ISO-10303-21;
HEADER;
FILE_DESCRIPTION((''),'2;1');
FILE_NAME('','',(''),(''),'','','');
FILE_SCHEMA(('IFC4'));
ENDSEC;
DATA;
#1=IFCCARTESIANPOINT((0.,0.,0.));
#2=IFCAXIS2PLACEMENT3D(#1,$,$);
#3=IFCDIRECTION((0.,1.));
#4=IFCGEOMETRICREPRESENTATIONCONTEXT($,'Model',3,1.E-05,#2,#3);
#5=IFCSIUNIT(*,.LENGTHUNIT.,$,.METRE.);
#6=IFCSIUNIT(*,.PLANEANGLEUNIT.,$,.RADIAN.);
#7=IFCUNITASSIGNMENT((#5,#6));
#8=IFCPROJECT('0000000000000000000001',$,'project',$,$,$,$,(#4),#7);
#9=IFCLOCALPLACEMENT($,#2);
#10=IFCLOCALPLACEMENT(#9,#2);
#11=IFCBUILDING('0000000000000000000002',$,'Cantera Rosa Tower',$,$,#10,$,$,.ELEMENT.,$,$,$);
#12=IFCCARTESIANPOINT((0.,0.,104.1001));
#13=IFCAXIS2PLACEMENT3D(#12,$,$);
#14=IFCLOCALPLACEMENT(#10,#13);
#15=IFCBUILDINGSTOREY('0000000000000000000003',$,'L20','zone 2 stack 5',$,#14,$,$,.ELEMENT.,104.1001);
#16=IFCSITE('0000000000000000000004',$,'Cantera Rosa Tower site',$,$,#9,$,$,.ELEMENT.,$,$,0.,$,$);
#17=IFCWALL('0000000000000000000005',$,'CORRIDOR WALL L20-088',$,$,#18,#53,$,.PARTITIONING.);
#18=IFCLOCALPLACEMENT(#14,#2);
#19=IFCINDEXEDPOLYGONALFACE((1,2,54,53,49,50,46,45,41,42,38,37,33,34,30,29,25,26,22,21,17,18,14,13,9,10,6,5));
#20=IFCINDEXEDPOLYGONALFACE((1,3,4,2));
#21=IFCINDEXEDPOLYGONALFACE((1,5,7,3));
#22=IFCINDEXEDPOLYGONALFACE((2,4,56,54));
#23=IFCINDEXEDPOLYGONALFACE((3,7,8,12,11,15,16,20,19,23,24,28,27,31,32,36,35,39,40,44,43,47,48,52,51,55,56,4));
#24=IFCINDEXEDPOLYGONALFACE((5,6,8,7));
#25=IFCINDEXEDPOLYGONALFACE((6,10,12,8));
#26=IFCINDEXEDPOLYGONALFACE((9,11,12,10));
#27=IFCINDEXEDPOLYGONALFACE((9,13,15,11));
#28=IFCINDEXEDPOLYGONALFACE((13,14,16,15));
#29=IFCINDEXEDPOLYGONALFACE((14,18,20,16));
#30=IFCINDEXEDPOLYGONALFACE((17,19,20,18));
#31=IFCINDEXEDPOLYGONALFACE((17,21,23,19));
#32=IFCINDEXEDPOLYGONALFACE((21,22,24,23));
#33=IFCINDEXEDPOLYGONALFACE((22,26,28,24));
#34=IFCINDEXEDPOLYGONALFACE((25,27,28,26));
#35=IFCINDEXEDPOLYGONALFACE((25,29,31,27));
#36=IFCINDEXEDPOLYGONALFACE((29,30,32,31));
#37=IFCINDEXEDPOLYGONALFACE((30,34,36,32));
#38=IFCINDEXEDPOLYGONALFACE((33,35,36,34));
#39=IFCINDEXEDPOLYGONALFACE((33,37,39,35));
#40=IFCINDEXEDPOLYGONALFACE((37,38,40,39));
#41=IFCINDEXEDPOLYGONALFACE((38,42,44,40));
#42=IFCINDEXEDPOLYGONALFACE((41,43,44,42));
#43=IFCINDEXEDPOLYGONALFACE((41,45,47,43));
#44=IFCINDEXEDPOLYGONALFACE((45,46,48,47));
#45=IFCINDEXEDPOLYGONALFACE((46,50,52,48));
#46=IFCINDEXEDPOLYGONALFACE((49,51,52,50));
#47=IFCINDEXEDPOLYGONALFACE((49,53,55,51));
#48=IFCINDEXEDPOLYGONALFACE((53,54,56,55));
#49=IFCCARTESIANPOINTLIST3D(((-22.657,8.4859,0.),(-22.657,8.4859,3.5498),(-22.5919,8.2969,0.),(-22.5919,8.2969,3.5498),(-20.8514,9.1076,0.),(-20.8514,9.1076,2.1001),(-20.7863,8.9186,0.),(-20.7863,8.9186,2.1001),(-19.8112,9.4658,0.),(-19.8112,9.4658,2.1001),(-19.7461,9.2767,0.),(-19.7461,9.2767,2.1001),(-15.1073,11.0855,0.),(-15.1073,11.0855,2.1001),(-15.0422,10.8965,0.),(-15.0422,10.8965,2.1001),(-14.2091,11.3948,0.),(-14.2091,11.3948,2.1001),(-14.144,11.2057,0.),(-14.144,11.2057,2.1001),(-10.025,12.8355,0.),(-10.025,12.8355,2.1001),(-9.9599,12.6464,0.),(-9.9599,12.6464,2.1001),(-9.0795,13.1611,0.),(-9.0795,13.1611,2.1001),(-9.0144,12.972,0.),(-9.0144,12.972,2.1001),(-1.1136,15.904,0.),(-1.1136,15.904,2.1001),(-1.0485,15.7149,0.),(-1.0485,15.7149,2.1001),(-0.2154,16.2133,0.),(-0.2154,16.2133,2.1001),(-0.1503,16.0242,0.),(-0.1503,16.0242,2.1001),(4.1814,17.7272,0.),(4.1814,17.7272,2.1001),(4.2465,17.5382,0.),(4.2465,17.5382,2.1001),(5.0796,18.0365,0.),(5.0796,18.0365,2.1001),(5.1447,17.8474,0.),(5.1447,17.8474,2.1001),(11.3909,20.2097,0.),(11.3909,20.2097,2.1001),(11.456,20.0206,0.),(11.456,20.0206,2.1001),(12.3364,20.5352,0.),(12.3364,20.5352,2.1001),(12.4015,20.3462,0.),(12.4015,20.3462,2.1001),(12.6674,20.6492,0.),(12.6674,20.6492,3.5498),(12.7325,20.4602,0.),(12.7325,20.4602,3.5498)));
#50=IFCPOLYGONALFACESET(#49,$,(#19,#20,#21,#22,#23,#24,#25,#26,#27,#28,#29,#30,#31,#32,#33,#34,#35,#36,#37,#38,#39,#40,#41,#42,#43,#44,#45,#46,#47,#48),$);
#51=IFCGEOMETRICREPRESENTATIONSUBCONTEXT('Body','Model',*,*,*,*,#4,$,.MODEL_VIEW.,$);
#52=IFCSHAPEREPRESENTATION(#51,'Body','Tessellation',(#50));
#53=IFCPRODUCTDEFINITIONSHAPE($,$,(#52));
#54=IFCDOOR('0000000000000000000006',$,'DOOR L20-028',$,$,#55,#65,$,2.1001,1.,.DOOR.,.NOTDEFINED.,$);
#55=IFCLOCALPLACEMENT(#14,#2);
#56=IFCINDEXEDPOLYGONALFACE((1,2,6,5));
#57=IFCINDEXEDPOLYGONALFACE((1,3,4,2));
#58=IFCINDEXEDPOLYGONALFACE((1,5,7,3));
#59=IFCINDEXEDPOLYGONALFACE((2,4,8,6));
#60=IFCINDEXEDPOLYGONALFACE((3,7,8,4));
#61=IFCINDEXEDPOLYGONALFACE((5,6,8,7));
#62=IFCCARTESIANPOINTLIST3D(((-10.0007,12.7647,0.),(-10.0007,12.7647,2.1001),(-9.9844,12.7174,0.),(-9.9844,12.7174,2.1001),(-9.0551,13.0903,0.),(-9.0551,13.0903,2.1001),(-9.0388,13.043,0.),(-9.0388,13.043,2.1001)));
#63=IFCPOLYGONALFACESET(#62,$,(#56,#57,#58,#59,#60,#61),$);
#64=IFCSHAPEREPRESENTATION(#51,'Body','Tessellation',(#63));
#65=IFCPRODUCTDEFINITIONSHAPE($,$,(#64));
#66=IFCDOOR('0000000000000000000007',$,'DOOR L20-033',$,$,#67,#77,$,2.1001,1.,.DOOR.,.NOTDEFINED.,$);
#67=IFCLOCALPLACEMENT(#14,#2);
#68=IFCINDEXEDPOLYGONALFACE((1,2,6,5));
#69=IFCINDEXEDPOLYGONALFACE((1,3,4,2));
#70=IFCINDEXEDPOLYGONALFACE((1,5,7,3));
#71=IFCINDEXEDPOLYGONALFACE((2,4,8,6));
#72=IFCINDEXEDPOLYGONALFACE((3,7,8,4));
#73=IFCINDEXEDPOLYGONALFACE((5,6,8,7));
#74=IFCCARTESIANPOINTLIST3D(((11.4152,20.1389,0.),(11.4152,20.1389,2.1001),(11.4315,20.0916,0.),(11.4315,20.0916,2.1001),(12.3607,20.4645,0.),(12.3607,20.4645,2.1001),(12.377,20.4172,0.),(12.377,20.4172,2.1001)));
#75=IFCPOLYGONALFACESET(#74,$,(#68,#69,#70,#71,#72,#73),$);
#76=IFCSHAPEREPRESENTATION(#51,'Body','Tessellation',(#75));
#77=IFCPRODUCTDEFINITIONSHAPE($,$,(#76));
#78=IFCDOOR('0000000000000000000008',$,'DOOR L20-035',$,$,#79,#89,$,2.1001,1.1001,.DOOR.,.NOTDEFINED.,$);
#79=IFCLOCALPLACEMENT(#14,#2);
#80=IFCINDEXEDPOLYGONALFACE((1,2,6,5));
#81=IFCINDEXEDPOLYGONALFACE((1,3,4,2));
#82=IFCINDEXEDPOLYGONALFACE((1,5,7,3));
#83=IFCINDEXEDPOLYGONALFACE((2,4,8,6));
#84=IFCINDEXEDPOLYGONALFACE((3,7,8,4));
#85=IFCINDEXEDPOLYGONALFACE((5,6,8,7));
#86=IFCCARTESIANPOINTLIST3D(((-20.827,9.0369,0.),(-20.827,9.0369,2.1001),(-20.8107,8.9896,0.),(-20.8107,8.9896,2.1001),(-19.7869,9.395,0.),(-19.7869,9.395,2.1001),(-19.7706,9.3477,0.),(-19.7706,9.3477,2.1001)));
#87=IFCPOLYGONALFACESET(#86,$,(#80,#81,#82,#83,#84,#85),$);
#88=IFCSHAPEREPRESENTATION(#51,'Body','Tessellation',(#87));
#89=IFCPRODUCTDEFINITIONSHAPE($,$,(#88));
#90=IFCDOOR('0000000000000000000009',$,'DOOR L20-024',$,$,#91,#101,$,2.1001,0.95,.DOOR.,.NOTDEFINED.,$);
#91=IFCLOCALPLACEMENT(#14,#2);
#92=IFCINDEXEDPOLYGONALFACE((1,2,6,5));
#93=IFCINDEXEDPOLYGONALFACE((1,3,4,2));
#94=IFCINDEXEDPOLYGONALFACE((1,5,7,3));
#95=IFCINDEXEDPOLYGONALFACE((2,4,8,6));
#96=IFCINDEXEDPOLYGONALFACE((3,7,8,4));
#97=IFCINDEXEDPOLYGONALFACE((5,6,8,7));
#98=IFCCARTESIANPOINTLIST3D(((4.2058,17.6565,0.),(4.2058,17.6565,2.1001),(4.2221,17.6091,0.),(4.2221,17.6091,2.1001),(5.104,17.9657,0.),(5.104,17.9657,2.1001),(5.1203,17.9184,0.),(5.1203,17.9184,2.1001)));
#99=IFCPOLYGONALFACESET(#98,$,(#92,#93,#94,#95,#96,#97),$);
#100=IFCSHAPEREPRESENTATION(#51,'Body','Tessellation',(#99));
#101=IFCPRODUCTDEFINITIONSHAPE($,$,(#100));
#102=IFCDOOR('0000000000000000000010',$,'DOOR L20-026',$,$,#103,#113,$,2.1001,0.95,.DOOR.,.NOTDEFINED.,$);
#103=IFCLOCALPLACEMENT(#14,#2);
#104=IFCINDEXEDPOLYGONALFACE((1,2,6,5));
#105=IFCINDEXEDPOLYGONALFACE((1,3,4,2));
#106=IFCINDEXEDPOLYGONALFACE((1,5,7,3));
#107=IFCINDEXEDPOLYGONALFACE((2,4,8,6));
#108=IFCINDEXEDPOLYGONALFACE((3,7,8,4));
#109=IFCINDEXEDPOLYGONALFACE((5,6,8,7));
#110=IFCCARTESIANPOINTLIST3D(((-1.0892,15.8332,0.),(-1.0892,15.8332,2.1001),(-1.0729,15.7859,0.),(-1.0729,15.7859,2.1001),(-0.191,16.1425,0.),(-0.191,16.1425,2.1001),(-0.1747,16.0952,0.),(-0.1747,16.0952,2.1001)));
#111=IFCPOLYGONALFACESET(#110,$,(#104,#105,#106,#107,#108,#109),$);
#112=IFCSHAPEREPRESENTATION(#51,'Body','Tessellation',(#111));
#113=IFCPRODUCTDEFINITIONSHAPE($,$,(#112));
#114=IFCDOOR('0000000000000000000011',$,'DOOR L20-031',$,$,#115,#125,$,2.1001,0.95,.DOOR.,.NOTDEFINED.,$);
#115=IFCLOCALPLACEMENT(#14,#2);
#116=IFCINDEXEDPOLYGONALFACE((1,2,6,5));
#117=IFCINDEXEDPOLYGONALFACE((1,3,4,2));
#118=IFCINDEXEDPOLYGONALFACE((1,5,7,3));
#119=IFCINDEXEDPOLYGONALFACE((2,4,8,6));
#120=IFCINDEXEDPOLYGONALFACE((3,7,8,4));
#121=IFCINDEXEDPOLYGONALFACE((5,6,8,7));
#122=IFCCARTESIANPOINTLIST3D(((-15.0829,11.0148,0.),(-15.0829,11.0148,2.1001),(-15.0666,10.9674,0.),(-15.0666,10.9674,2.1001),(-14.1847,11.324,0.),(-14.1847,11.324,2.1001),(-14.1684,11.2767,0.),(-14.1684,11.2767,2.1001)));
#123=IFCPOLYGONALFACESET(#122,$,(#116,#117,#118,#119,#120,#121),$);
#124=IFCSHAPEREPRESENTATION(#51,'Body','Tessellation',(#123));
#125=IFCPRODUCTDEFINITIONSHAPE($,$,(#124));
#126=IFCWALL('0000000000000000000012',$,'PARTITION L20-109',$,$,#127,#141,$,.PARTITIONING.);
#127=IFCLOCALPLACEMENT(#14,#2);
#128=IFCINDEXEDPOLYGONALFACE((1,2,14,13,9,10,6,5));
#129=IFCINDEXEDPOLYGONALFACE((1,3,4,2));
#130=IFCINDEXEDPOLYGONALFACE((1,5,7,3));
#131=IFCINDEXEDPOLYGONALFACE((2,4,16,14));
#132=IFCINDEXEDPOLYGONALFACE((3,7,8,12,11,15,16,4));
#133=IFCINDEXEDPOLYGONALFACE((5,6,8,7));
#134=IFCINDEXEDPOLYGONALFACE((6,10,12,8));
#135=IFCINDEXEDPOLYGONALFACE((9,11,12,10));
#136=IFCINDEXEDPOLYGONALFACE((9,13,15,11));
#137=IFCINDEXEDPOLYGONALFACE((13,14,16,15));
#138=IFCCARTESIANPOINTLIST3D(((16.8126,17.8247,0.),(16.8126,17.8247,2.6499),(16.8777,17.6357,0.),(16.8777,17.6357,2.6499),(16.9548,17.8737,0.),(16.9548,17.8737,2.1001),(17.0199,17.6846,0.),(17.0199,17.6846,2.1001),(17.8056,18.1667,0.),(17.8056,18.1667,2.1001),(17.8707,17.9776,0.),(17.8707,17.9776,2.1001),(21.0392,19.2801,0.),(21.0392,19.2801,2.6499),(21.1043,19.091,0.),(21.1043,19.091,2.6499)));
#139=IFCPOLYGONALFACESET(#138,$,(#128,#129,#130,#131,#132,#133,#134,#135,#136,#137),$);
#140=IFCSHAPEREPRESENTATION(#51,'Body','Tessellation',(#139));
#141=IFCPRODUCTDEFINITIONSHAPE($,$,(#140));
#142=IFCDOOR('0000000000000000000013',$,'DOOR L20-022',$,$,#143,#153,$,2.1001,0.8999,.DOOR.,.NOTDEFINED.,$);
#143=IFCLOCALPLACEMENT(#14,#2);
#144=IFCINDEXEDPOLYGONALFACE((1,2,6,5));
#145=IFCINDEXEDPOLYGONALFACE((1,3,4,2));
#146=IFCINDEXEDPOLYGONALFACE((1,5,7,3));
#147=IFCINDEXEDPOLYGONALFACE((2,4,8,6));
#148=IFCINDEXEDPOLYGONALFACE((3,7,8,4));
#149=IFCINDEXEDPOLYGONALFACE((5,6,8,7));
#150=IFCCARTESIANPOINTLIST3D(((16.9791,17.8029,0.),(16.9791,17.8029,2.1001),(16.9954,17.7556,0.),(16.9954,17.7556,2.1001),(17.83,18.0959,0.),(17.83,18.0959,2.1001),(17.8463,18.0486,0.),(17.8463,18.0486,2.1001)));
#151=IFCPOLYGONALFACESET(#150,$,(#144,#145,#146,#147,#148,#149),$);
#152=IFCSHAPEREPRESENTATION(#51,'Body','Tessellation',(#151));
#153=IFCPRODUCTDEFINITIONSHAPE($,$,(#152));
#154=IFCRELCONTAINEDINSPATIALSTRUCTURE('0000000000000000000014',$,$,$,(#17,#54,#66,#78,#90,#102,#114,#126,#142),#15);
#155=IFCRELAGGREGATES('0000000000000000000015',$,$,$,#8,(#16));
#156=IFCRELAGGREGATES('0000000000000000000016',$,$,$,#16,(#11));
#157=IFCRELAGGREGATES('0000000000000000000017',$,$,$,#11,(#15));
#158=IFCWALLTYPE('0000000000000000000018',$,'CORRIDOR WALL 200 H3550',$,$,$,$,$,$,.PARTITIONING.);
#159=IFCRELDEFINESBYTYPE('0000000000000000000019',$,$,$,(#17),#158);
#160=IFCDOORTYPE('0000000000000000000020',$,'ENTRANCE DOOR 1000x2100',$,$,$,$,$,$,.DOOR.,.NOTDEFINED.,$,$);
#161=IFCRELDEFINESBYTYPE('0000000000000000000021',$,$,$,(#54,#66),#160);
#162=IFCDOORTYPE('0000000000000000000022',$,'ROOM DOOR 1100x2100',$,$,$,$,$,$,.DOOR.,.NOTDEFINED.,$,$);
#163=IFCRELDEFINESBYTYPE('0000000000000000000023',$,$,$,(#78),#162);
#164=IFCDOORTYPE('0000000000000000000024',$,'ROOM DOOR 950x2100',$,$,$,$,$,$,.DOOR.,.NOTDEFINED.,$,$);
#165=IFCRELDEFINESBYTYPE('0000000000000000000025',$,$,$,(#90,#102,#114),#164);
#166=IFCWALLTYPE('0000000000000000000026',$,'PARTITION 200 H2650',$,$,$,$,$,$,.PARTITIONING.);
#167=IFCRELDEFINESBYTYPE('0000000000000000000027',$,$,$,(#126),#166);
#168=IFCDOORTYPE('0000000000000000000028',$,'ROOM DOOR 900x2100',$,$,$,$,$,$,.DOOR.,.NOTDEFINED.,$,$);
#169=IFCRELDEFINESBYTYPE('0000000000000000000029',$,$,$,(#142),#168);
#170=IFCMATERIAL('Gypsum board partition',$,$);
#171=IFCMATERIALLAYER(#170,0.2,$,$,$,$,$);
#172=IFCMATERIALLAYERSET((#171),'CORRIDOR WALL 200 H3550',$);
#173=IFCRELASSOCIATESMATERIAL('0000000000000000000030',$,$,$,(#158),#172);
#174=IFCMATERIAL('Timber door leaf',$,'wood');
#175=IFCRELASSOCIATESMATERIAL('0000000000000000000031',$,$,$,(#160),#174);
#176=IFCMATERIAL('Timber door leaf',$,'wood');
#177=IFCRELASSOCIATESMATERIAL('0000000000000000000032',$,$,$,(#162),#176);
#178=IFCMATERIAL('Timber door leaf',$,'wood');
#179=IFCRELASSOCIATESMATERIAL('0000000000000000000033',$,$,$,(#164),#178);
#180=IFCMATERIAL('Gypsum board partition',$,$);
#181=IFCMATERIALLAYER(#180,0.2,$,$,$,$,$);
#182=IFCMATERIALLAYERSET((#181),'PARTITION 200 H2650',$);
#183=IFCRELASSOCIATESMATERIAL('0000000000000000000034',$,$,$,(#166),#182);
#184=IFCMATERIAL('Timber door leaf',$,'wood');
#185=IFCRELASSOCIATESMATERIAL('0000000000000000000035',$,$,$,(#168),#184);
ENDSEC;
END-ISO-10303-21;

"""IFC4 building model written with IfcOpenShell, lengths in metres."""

from ifc_helpers import new_model, si_unit, direction, frame, frame_2d, origin, place, context, subcontext, project, spatial, rectangle, extrude, material, layer, layer_set, type_object, element, fill, save


model = new_model("IFC4")

# Units and contexts
model_context = context("Model", 3, precision=1e-05, world=origin(), true_north=direction((0.0, 1.0)))
body_context = subcontext(model_context, "Body", "Model", "MODEL_VIEW")
ifc_project = project(units=[si_unit("LENGTHUNIT", "METRE"), si_unit("PLANEANGLEUNIT", "RADIAN")], contexts=[model_context])

# Site, building, storey
site_placement = place(None, origin())
site = spatial("IfcSite", under=ifc_project, at=site_placement, Name="Cantera Rosa Tower site", CompositionType="ELEMENT", RefElevation=0.0)
building_placement = place(site_placement, origin())
building = spatial("IfcBuilding", under=site, at=building_placement, Name="Cantera Rosa Tower", CompositionType="ELEMENT")
storey_placement = place(building_placement, frame((0.0, 0.0, 104.1001)))
storey = spatial("IfcBuildingStorey", under=building, at=storey_placement, Name="L20", Description="zone 2 stack 5", CompositionType="ELEMENT", Elevation=104.1001)

# Wall, openings, doors
ifc_material_1 = material(Name="Gypsum board partition")
ifc_layer_1 = layer(ifc_material_1, 0.2)
ifc_layer_set_1 = layer_set([ifc_layer_1], Name="CORRIDOR WALL 200 H3550")
wall_type_1 = type_object("IfcWallType", Name="CORRIDOR WALL 200 H3550", PredefinedType="PARTITIONING", material=ifc_layer_set_1)
wall_1_placement = place(storey_placement, frame((12.7, 20.5547, 0.0), z_axis=(0.0, 0.0, 1.0), x_axis=(-0.945517, -0.325572, 0.0)))
wall_1 = element("IfcWall", 1, at=wall_1_placement, inside=storey, type_object=wall_type_1, Name="CORRIDOR WALL L20-088", PredefinedType="PARTITIONING", context=body_context, shape_type="SweptSolid", body=[
    extrude(rectangle(XDim=37.3599, YDim=0.2, at=frame_2d((18.6799, 0.0))), origin(), (0.0, 0.0, 1.0), 3.5498),
])
opening_1_placement = place(wall_1_placement, frame((8.0249, 0.0, 0.0)))
opening_1 = element("IfcOpeningElement", 2, at=opening_1_placement, cuts=wall_1, PredefinedType="OPENING", context=body_context, shape_type="SweptSolid", body=[
    extrude(rectangle(XDim=0.95, YDim=2.1001, at=frame_2d((0.4751, 1.05))), frame((0.0, 0.1099, 0.0), z_axis=(0.0, -1.0, 0.0), x_axis=(1.0, 0.0, 0.0)), (0.0, 0.0, 1.0), 0.22),
])
opening_2_placement = place(wall_1_placement, frame((13.625, 0.0, 0.0)))
opening_2 = element("IfcOpeningElement", 3, at=opening_2_placement, cuts=wall_1, PredefinedType="OPENING", context=body_context, shape_type="SweptSolid", body=[
    extrude(rectangle(XDim=0.95, YDim=2.1001, at=frame_2d((0.4751, 1.05))), frame((0.0, 0.1099, 0.0), z_axis=(0.0, -1.0, 0.0), x_axis=(1.0, 0.0, 0.0)), (0.0, 0.0, 1.0), 0.22),
])
opening_3_placement = place(wall_1_placement, frame((23.0, 0.0, 0.0)))
opening_3 = element("IfcOpeningElement", 4, at=opening_3_placement, cuts=wall_1, PredefinedType="OPENING", context=body_context, shape_type="SweptSolid", body=[
    extrude(rectangle(XDim=1.0, YDim=2.1001, at=frame_2d((0.5, 1.05))), frame((0.0, 0.1099, 0.0), z_axis=(0.0, -1.0, 0.0), x_axis=(1.0, 0.0, 0.0)), (0.0, 0.0, 1.0), 0.22),
])
opening_4_placement = place(wall_1_placement, frame((28.425, 0.0, 0.0)))
opening_4 = element("IfcOpeningElement", 5, at=opening_4_placement, cuts=wall_1, PredefinedType="OPENING", context=body_context, shape_type="SweptSolid", body=[
    extrude(rectangle(XDim=0.95, YDim=2.1001, at=frame_2d((0.4751, 1.05))), frame((0.0, 0.1099, 0.0), z_axis=(0.0, -1.0, 0.0), x_axis=(1.0, 0.0, 0.0)), (0.0, 0.0, 1.0), 0.22),
])
opening_5_placement = place(wall_1_placement, frame((0.3501, 0.0, 0.0)))
opening_5 = element("IfcOpeningElement", 6, at=opening_5_placement, cuts=wall_1, PredefinedType="OPENING", context=body_context, shape_type="SweptSolid", body=[
    extrude(rectangle(XDim=1.0, YDim=2.1001, at=frame_2d((0.5, 1.05))), frame((0.0, 0.1099, 0.0), z_axis=(0.0, -1.0, 0.0), x_axis=(1.0, 0.0, 0.0)), (0.0, 0.0, 1.0), 0.22),
])
opening_6_placement = place(wall_1_placement, frame((34.3501, 0.0, 0.0)))
opening_6 = element("IfcOpeningElement", 7, at=opening_6_placement, cuts=wall_1, PredefinedType="OPENING", context=body_context, shape_type="SweptSolid", body=[
    extrude(rectangle(XDim=1.1001, YDim=2.1001, at=frame_2d((0.55, 1.05))), frame((0.0, 0.1099, 0.0), z_axis=(0.0, -1.0, 0.0), x_axis=(1.0, 0.0, 0.0)), (0.0, 0.0, 1.0), 0.22),
])
ifc_material_2 = material(Name="Timber door leaf", Category="wood")
door_type_1 = type_object("IfcDoorType", Name="ENTRANCE DOOR 1000x2100", OperationType="NOTDEFINED", PredefinedType="DOOR", material=ifc_material_2)
door_1_placement = place(opening_3_placement, origin())
door_1 = element("IfcDoor", 8, at=door_1_placement, inside=storey, type_object=door_type_1, Name="DOOR L20-028", OperationType="NOTDEFINED", OverallHeight=2.1001, OverallWidth=1.0, PredefinedType="DOOR", context=body_context, shape_type="SweptSolid", body=[
    extrude(rectangle(XDim=1.0, YDim=2.1001, at=frame_2d((0.5, 1.05))), frame((0.0, 0.0249, 0.0), z_axis=(0.0, -1.0, 0.0), x_axis=(1.0, 0.0, 0.0)), (0.0, 0.0, 1.0), 0.05),
])
fill(opening_3, door_1)
door_2_placement = place(opening_5_placement, origin())
door_2 = element("IfcDoor", 9, at=door_2_placement, inside=storey, type_object=door_type_1, Name="DOOR L20-033", OperationType="NOTDEFINED", OverallHeight=2.1001, OverallWidth=1.0, PredefinedType="DOOR", context=body_context, shape_type="SweptSolid", body=[
    extrude(rectangle(XDim=1.0, YDim=2.1001, at=frame_2d((0.5, 1.05))), frame((0.0, 0.0249, 0.0), z_axis=(0.0, -1.0, 0.0), x_axis=(1.0, 0.0, 0.0)), (0.0, 0.0, 1.0), 0.05),
])
fill(opening_5, door_2)
ifc_material_3 = material(Name="Timber door leaf", Category="wood")
door_type_2 = type_object("IfcDoorType", Name="ROOM DOOR 1100x2100", OperationType="NOTDEFINED", PredefinedType="DOOR", material=ifc_material_3)
door_3_placement = place(opening_6_placement, origin())
door_3 = element("IfcDoor", 10, at=door_3_placement, inside=storey, type_object=door_type_2, Name="DOOR L20-035", OperationType="NOTDEFINED", OverallHeight=2.1001, OverallWidth=1.1001, PredefinedType="DOOR", context=body_context, shape_type="SweptSolid", body=[
    extrude(rectangle(XDim=1.1001, YDim=2.1001, at=frame_2d((0.55, 1.05))), frame((0.0, 0.0249, 0.0), z_axis=(0.0, -1.0, 0.0), x_axis=(1.0, 0.0, 0.0)), (0.0, 0.0, 1.0), 0.05),
])
fill(opening_6, door_3)
ifc_material_4 = material(Name="Timber door leaf", Category="wood")
door_type_3 = type_object("IfcDoorType", Name="ROOM DOOR 950x2100", OperationType="NOTDEFINED", PredefinedType="DOOR", material=ifc_material_4)
door_4_placement = place(opening_1_placement, origin())
door_4 = element("IfcDoor", 11, at=door_4_placement, inside=storey, type_object=door_type_3, Name="DOOR L20-024", OperationType="NOTDEFINED", OverallHeight=2.1001, OverallWidth=0.95, PredefinedType="DOOR", context=body_context, shape_type="SweptSolid", body=[
    extrude(rectangle(XDim=0.95, YDim=2.1001, at=frame_2d((0.4751, 1.05))), frame((0.0, 0.0249, 0.0), z_axis=(0.0, -1.0, 0.0), x_axis=(1.0, 0.0, 0.0)), (0.0, 0.0, 1.0), 0.05),
])
fill(opening_1, door_4)
door_5_placement = place(opening_2_placement, origin())
door_5 = element("IfcDoor", 12, at=door_5_placement, inside=storey, type_object=door_type_3, Name="DOOR L20-026", OperationType="NOTDEFINED", OverallHeight=2.1001, OverallWidth=0.95, PredefinedType="DOOR", context=body_context, shape_type="SweptSolid", body=[
    extrude(rectangle(XDim=0.95, YDim=2.1001, at=frame_2d((0.4751, 1.05))), frame((0.0, 0.0249, 0.0), z_axis=(0.0, -1.0, 0.0), x_axis=(1.0, 0.0, 0.0)), (0.0, 0.0, 1.0), 0.05),
])
fill(opening_2, door_5)
door_6_placement = place(opening_4_placement, origin())
door_6 = element("IfcDoor", 13, at=door_6_placement, inside=storey, type_object=door_type_3, Name="DOOR L20-031", OperationType="NOTDEFINED", OverallHeight=2.1001, OverallWidth=0.95, PredefinedType="DOOR", context=body_context, shape_type="SweptSolid", body=[
    extrude(rectangle(XDim=0.95, YDim=2.1001, at=frame_2d((0.4751, 1.05))), frame((0.0, 0.0249, 0.0), z_axis=(0.0, -1.0, 0.0), x_axis=(1.0, 0.0, 0.0)), (0.0, 0.0, 1.0), 0.05),
])
fill(opening_4, door_6)

# Wall, opening, door
ifc_material_5 = material(Name="Gypsum board partition")
ifc_layer_2 = layer(ifc_material_5, 0.2)
ifc_layer_set_2 = layer_set([ifc_layer_2], Name="PARTITION 200 H2650")
wall_type_2 = type_object("IfcWallType", Name="PARTITION 200 H2650", PredefinedType="PARTITIONING", material=ifc_layer_set_2)
wall_2_placement = place(storey_placement, frame((21.0718, 19.1855, 0.0), z_axis=(0.0, 0.0, 1.0), x_axis=(-0.945519, -0.325568, 0.0)))
wall_2 = element("IfcWall", 14, at=wall_2_placement, inside=storey, type_object=wall_type_2, Name="PARTITION L20-109", PredefinedType="PARTITIONING", context=body_context, shape_type="SweptSolid", body=[
    extrude(rectangle(XDim=4.4702, YDim=0.2, at=frame_2d((2.2351, 0.0))), origin(), (0.0, 0.0, 1.0), 2.6499),
])
opening_7_placement = place(wall_2_placement, frame((3.4199, 0.0, 0.0)))
opening_7 = element("IfcOpeningElement", 15, at=opening_7_placement, cuts=wall_2, PredefinedType="OPENING", context=body_context, shape_type="SweptSolid", body=[
    extrude(rectangle(XDim=0.8999, YDim=2.1001, at=frame_2d((0.45, 1.05))), frame((0.0, 0.1099, 0.0), z_axis=(0.0, -1.0, 0.0), x_axis=(1.0, 0.0, 0.0)), (0.0, 0.0, 1.0), 0.22),
])
ifc_material_6 = material(Name="Timber door leaf", Category="wood")
door_type_4 = type_object("IfcDoorType", Name="ROOM DOOR 900x2100", OperationType="NOTDEFINED", PredefinedType="DOOR", material=ifc_material_6)
door_7_placement = place(opening_7_placement, origin())
door_7 = element("IfcDoor", 16, at=door_7_placement, inside=storey, type_object=door_type_4, Name="DOOR L20-022", OperationType="NOTDEFINED", OverallHeight=2.1001, OverallWidth=0.8999, PredefinedType="DOOR", context=body_context, shape_type="SweptSolid", body=[
    extrude(rectangle(XDim=0.8999, YDim=2.1001, at=frame_2d((0.45, 1.05))), frame((0.0, 0.0249, 0.0), z_axis=(0.0, -1.0, 0.0), x_axis=(1.0, 0.0, 0.0)), (0.0, 0.0, 1.0), 0.05),
])
fill(opening_7, door_7)

save(model, "model.ifc")
